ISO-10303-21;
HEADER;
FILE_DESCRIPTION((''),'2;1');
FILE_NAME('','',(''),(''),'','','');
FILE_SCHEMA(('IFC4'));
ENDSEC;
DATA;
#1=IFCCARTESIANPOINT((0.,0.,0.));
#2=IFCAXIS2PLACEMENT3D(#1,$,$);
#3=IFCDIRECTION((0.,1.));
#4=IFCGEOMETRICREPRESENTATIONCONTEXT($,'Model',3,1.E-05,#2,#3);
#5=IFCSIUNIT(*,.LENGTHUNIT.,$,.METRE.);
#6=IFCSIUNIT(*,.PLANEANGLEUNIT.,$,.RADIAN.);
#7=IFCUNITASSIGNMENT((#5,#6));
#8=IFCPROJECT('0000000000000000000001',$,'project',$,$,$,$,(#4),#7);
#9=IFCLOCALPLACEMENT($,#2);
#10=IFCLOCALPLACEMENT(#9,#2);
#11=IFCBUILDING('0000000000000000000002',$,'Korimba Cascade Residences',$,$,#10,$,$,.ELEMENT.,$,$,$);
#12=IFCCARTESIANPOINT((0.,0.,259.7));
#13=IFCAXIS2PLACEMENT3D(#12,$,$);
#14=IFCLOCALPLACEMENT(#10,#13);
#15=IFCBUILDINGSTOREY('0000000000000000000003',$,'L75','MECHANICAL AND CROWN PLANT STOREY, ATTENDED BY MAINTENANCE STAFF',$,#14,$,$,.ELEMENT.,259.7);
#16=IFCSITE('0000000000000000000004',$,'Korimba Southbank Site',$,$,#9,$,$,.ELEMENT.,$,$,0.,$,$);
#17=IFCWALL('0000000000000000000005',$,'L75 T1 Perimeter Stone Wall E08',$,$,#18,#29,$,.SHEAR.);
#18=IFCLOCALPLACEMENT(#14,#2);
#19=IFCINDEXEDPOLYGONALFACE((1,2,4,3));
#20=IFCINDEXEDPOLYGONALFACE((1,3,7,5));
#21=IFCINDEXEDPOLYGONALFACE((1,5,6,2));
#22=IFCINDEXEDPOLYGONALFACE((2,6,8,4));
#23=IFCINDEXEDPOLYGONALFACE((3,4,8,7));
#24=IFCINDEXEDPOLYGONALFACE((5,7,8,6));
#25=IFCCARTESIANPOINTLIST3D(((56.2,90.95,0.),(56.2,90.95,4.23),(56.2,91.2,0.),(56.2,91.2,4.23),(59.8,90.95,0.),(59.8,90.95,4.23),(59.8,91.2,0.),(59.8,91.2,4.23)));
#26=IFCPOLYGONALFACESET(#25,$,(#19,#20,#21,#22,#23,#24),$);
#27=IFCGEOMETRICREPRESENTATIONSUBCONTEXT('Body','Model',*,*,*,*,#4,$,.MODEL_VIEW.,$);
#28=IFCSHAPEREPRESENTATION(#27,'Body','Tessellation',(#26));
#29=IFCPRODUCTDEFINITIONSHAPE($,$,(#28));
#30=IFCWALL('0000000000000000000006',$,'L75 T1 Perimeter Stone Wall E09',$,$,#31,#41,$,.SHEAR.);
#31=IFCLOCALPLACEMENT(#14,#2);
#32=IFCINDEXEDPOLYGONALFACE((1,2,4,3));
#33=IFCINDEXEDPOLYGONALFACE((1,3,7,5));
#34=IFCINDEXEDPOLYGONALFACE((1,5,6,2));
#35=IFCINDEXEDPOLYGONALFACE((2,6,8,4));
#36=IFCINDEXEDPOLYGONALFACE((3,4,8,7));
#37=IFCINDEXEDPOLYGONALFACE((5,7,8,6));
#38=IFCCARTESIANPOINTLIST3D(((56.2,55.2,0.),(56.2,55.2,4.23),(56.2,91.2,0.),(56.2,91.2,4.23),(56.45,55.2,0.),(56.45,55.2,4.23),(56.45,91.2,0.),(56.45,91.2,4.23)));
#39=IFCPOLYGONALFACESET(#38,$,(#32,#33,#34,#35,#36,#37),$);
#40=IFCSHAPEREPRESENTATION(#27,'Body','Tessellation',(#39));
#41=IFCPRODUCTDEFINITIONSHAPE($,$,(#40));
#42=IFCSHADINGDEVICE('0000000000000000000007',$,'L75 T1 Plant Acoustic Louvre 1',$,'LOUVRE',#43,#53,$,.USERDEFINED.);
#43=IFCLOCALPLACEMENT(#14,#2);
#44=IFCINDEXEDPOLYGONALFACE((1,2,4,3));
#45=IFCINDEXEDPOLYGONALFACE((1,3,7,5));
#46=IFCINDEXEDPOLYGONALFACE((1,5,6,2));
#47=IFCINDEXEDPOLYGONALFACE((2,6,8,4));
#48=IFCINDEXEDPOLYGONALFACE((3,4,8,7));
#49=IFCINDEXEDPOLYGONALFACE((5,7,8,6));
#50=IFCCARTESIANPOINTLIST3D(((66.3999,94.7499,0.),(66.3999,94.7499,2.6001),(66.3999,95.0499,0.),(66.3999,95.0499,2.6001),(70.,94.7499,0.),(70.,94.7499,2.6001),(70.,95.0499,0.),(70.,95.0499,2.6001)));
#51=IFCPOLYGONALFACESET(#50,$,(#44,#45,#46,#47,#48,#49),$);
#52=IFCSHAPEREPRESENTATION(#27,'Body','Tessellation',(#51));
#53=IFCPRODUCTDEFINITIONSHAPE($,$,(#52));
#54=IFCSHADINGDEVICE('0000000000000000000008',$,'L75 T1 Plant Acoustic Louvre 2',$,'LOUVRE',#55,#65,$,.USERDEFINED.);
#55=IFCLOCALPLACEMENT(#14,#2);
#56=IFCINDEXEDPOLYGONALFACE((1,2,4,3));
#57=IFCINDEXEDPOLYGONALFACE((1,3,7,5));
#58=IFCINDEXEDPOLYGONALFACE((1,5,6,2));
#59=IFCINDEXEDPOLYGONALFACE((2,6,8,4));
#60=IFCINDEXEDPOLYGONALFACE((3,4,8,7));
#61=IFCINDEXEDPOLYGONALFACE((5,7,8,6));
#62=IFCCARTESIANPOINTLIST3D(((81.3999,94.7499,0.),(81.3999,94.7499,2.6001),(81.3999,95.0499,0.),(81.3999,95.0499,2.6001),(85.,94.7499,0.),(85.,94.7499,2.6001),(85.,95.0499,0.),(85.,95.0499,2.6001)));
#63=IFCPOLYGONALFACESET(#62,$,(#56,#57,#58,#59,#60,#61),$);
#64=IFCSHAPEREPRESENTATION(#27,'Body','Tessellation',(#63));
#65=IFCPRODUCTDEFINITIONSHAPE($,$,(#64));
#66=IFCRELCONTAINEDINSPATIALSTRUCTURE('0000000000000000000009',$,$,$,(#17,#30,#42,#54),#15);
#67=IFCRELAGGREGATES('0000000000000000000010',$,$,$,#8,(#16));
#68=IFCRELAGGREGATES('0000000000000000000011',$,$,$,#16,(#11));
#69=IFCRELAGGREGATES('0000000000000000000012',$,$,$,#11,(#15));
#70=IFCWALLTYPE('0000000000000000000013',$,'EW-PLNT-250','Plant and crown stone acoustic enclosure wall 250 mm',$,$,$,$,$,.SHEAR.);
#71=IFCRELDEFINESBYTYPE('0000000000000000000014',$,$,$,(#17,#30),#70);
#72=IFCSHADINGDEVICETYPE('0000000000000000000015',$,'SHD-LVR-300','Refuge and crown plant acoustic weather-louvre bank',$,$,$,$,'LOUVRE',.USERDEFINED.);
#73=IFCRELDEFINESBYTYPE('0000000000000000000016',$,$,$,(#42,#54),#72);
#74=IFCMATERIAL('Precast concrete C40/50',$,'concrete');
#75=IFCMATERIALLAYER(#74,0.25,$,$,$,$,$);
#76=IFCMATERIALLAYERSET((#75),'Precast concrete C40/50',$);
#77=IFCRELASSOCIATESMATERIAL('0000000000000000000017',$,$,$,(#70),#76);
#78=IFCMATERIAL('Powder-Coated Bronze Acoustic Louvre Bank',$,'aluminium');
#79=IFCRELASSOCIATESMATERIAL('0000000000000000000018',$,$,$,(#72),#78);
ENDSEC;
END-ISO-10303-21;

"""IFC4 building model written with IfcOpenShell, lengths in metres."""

from ifc_helpers import new_model, si_unit, direction, frame, frame_2d, origin, origin_2d, place, context, subcontext, project, spatial, rectangle, extrude, material, layer, layer_set, type_object, element, save


model = new_model("IFC4")

# Units and contexts
model_context = context("Model", 3, precision=1e-05, world=origin(), true_north=direction((0.0, 1.0)))
body_context = subcontext(model_context, "Body", "Model", "MODEL_VIEW")
ifc_project = project(units=[si_unit("LENGTHUNIT", "METRE"), si_unit("PLANEANGLEUNIT", "RADIAN")], contexts=[model_context])

# Site, building, storey
site_placement = place(None, origin())
site = spatial("IfcSite", under=ifc_project, at=site_placement, Name="Korimba Southbank Site", CompositionType="ELEMENT", RefElevation=0.0)
building_placement = place(site_placement, origin())
building = spatial("IfcBuilding", under=site, at=building_placement, Name="Korimba Cascade Residences", CompositionType="ELEMENT")
storey_placement = place(building_placement, frame((0.0, 0.0, 259.7)))
storey = spatial("IfcBuildingStorey", under=building, at=storey_placement, Name="L75", Description="MECHANICAL AND CROWN PLANT STOREY, ATTENDED BY MAINTENANCE STAFF", CompositionType="ELEMENT", Elevation=259.7)

# Walls
ifc_material_1 = material(Name="Precast concrete C40/50", Category="concrete")
ifc_layer = layer(ifc_material_1, 0.25)
ifc_layer_set = layer_set([ifc_layer], Name="Precast concrete C40/50")
wall_type = type_object("IfcWallType", Name="EW-PLNT-250", Description="Plant and crown stone acoustic enclosure wall 250 mm", PredefinedType="SHEAR", material=ifc_layer_set)
for number, where, z_axis, x_axis, name in (
    (1, (59.8, 91.075, 0.0), (0.0, 0.0, 1.0), (-1.0, 0.0, 0.0), "L75 T1 Perimeter Stone Wall E08"),
):
    element("IfcWall", number, at=place(storey_placement, frame(where, z_axis=z_axis, x_axis=x_axis)), inside=storey, type_object=wall_type, Name=name, PredefinedType="SHEAR", context=body_context, shape_type="SweptSolid", body=[
        extrude(rectangle(XDim=3.6001, YDim=0.25, at=frame_2d((1.8, 0.0))), origin(), (0.0, 0.0, 1.0), 4.23),
    ])
wall_placement = place(storey_placement, frame((56.325, 91.2, 0.0), z_axis=(0.0, 0.0, 1.0), x_axis=(0.0, -1.0, 0.0)))
element("IfcWall", 2, at=wall_placement, inside=storey, type_object=wall_type, Name="L75 T1 Perimeter Stone Wall E09", PredefinedType="SHEAR", context=body_context, shape_type="SweptSolid", body=[
    extrude(rectangle(XDim=36.0, YDim=0.25, at=frame_2d((18.0, 0.0))), origin(), (0.0, 0.0, 1.0), 4.23),
])

# Shading devices
ifc_material_2 = material(Name="Powder-Coated Bronze Acoustic Louvre Bank", Category="aluminium")
shading_device_type = type_object("IfcShadingDeviceType", Name="SHD-LVR-300", Description="Refuge and crown plant acoustic weather-louvre bank", ElementType="LOUVRE", PredefinedType="USERDEFINED", material=ifc_material_2)
for number, where, z_axis, x_axis, name in (
    (3, (68.2, 94.8999, 0.0), (0.0, 0.0, 1.0), (1.0, 0.0, 0.0), "L75 T1 Plant Acoustic Louvre 1"),
    (4, (83.2, 94.8999, 0.0), (0.0, 0.0, 1.0), (1.0, 0.0, 0.0), "L75 T1 Plant Acoustic Louvre 2"),
):
    element("IfcShadingDevice", number, at=place(storey_placement, frame(where, z_axis=z_axis, x_axis=x_axis)), inside=storey, type_object=shading_device_type, Name=name, ObjectType="LOUVRE", PredefinedType="USERDEFINED", context=body_context, shape_type="SweptSolid", body=[
        extrude(rectangle(XDim=3.6001, YDim=0.3, at=origin_2d()), origin(), (0.0, 0.0, 1.0), 2.6001),
    ])

save(model, "model.ifc")
